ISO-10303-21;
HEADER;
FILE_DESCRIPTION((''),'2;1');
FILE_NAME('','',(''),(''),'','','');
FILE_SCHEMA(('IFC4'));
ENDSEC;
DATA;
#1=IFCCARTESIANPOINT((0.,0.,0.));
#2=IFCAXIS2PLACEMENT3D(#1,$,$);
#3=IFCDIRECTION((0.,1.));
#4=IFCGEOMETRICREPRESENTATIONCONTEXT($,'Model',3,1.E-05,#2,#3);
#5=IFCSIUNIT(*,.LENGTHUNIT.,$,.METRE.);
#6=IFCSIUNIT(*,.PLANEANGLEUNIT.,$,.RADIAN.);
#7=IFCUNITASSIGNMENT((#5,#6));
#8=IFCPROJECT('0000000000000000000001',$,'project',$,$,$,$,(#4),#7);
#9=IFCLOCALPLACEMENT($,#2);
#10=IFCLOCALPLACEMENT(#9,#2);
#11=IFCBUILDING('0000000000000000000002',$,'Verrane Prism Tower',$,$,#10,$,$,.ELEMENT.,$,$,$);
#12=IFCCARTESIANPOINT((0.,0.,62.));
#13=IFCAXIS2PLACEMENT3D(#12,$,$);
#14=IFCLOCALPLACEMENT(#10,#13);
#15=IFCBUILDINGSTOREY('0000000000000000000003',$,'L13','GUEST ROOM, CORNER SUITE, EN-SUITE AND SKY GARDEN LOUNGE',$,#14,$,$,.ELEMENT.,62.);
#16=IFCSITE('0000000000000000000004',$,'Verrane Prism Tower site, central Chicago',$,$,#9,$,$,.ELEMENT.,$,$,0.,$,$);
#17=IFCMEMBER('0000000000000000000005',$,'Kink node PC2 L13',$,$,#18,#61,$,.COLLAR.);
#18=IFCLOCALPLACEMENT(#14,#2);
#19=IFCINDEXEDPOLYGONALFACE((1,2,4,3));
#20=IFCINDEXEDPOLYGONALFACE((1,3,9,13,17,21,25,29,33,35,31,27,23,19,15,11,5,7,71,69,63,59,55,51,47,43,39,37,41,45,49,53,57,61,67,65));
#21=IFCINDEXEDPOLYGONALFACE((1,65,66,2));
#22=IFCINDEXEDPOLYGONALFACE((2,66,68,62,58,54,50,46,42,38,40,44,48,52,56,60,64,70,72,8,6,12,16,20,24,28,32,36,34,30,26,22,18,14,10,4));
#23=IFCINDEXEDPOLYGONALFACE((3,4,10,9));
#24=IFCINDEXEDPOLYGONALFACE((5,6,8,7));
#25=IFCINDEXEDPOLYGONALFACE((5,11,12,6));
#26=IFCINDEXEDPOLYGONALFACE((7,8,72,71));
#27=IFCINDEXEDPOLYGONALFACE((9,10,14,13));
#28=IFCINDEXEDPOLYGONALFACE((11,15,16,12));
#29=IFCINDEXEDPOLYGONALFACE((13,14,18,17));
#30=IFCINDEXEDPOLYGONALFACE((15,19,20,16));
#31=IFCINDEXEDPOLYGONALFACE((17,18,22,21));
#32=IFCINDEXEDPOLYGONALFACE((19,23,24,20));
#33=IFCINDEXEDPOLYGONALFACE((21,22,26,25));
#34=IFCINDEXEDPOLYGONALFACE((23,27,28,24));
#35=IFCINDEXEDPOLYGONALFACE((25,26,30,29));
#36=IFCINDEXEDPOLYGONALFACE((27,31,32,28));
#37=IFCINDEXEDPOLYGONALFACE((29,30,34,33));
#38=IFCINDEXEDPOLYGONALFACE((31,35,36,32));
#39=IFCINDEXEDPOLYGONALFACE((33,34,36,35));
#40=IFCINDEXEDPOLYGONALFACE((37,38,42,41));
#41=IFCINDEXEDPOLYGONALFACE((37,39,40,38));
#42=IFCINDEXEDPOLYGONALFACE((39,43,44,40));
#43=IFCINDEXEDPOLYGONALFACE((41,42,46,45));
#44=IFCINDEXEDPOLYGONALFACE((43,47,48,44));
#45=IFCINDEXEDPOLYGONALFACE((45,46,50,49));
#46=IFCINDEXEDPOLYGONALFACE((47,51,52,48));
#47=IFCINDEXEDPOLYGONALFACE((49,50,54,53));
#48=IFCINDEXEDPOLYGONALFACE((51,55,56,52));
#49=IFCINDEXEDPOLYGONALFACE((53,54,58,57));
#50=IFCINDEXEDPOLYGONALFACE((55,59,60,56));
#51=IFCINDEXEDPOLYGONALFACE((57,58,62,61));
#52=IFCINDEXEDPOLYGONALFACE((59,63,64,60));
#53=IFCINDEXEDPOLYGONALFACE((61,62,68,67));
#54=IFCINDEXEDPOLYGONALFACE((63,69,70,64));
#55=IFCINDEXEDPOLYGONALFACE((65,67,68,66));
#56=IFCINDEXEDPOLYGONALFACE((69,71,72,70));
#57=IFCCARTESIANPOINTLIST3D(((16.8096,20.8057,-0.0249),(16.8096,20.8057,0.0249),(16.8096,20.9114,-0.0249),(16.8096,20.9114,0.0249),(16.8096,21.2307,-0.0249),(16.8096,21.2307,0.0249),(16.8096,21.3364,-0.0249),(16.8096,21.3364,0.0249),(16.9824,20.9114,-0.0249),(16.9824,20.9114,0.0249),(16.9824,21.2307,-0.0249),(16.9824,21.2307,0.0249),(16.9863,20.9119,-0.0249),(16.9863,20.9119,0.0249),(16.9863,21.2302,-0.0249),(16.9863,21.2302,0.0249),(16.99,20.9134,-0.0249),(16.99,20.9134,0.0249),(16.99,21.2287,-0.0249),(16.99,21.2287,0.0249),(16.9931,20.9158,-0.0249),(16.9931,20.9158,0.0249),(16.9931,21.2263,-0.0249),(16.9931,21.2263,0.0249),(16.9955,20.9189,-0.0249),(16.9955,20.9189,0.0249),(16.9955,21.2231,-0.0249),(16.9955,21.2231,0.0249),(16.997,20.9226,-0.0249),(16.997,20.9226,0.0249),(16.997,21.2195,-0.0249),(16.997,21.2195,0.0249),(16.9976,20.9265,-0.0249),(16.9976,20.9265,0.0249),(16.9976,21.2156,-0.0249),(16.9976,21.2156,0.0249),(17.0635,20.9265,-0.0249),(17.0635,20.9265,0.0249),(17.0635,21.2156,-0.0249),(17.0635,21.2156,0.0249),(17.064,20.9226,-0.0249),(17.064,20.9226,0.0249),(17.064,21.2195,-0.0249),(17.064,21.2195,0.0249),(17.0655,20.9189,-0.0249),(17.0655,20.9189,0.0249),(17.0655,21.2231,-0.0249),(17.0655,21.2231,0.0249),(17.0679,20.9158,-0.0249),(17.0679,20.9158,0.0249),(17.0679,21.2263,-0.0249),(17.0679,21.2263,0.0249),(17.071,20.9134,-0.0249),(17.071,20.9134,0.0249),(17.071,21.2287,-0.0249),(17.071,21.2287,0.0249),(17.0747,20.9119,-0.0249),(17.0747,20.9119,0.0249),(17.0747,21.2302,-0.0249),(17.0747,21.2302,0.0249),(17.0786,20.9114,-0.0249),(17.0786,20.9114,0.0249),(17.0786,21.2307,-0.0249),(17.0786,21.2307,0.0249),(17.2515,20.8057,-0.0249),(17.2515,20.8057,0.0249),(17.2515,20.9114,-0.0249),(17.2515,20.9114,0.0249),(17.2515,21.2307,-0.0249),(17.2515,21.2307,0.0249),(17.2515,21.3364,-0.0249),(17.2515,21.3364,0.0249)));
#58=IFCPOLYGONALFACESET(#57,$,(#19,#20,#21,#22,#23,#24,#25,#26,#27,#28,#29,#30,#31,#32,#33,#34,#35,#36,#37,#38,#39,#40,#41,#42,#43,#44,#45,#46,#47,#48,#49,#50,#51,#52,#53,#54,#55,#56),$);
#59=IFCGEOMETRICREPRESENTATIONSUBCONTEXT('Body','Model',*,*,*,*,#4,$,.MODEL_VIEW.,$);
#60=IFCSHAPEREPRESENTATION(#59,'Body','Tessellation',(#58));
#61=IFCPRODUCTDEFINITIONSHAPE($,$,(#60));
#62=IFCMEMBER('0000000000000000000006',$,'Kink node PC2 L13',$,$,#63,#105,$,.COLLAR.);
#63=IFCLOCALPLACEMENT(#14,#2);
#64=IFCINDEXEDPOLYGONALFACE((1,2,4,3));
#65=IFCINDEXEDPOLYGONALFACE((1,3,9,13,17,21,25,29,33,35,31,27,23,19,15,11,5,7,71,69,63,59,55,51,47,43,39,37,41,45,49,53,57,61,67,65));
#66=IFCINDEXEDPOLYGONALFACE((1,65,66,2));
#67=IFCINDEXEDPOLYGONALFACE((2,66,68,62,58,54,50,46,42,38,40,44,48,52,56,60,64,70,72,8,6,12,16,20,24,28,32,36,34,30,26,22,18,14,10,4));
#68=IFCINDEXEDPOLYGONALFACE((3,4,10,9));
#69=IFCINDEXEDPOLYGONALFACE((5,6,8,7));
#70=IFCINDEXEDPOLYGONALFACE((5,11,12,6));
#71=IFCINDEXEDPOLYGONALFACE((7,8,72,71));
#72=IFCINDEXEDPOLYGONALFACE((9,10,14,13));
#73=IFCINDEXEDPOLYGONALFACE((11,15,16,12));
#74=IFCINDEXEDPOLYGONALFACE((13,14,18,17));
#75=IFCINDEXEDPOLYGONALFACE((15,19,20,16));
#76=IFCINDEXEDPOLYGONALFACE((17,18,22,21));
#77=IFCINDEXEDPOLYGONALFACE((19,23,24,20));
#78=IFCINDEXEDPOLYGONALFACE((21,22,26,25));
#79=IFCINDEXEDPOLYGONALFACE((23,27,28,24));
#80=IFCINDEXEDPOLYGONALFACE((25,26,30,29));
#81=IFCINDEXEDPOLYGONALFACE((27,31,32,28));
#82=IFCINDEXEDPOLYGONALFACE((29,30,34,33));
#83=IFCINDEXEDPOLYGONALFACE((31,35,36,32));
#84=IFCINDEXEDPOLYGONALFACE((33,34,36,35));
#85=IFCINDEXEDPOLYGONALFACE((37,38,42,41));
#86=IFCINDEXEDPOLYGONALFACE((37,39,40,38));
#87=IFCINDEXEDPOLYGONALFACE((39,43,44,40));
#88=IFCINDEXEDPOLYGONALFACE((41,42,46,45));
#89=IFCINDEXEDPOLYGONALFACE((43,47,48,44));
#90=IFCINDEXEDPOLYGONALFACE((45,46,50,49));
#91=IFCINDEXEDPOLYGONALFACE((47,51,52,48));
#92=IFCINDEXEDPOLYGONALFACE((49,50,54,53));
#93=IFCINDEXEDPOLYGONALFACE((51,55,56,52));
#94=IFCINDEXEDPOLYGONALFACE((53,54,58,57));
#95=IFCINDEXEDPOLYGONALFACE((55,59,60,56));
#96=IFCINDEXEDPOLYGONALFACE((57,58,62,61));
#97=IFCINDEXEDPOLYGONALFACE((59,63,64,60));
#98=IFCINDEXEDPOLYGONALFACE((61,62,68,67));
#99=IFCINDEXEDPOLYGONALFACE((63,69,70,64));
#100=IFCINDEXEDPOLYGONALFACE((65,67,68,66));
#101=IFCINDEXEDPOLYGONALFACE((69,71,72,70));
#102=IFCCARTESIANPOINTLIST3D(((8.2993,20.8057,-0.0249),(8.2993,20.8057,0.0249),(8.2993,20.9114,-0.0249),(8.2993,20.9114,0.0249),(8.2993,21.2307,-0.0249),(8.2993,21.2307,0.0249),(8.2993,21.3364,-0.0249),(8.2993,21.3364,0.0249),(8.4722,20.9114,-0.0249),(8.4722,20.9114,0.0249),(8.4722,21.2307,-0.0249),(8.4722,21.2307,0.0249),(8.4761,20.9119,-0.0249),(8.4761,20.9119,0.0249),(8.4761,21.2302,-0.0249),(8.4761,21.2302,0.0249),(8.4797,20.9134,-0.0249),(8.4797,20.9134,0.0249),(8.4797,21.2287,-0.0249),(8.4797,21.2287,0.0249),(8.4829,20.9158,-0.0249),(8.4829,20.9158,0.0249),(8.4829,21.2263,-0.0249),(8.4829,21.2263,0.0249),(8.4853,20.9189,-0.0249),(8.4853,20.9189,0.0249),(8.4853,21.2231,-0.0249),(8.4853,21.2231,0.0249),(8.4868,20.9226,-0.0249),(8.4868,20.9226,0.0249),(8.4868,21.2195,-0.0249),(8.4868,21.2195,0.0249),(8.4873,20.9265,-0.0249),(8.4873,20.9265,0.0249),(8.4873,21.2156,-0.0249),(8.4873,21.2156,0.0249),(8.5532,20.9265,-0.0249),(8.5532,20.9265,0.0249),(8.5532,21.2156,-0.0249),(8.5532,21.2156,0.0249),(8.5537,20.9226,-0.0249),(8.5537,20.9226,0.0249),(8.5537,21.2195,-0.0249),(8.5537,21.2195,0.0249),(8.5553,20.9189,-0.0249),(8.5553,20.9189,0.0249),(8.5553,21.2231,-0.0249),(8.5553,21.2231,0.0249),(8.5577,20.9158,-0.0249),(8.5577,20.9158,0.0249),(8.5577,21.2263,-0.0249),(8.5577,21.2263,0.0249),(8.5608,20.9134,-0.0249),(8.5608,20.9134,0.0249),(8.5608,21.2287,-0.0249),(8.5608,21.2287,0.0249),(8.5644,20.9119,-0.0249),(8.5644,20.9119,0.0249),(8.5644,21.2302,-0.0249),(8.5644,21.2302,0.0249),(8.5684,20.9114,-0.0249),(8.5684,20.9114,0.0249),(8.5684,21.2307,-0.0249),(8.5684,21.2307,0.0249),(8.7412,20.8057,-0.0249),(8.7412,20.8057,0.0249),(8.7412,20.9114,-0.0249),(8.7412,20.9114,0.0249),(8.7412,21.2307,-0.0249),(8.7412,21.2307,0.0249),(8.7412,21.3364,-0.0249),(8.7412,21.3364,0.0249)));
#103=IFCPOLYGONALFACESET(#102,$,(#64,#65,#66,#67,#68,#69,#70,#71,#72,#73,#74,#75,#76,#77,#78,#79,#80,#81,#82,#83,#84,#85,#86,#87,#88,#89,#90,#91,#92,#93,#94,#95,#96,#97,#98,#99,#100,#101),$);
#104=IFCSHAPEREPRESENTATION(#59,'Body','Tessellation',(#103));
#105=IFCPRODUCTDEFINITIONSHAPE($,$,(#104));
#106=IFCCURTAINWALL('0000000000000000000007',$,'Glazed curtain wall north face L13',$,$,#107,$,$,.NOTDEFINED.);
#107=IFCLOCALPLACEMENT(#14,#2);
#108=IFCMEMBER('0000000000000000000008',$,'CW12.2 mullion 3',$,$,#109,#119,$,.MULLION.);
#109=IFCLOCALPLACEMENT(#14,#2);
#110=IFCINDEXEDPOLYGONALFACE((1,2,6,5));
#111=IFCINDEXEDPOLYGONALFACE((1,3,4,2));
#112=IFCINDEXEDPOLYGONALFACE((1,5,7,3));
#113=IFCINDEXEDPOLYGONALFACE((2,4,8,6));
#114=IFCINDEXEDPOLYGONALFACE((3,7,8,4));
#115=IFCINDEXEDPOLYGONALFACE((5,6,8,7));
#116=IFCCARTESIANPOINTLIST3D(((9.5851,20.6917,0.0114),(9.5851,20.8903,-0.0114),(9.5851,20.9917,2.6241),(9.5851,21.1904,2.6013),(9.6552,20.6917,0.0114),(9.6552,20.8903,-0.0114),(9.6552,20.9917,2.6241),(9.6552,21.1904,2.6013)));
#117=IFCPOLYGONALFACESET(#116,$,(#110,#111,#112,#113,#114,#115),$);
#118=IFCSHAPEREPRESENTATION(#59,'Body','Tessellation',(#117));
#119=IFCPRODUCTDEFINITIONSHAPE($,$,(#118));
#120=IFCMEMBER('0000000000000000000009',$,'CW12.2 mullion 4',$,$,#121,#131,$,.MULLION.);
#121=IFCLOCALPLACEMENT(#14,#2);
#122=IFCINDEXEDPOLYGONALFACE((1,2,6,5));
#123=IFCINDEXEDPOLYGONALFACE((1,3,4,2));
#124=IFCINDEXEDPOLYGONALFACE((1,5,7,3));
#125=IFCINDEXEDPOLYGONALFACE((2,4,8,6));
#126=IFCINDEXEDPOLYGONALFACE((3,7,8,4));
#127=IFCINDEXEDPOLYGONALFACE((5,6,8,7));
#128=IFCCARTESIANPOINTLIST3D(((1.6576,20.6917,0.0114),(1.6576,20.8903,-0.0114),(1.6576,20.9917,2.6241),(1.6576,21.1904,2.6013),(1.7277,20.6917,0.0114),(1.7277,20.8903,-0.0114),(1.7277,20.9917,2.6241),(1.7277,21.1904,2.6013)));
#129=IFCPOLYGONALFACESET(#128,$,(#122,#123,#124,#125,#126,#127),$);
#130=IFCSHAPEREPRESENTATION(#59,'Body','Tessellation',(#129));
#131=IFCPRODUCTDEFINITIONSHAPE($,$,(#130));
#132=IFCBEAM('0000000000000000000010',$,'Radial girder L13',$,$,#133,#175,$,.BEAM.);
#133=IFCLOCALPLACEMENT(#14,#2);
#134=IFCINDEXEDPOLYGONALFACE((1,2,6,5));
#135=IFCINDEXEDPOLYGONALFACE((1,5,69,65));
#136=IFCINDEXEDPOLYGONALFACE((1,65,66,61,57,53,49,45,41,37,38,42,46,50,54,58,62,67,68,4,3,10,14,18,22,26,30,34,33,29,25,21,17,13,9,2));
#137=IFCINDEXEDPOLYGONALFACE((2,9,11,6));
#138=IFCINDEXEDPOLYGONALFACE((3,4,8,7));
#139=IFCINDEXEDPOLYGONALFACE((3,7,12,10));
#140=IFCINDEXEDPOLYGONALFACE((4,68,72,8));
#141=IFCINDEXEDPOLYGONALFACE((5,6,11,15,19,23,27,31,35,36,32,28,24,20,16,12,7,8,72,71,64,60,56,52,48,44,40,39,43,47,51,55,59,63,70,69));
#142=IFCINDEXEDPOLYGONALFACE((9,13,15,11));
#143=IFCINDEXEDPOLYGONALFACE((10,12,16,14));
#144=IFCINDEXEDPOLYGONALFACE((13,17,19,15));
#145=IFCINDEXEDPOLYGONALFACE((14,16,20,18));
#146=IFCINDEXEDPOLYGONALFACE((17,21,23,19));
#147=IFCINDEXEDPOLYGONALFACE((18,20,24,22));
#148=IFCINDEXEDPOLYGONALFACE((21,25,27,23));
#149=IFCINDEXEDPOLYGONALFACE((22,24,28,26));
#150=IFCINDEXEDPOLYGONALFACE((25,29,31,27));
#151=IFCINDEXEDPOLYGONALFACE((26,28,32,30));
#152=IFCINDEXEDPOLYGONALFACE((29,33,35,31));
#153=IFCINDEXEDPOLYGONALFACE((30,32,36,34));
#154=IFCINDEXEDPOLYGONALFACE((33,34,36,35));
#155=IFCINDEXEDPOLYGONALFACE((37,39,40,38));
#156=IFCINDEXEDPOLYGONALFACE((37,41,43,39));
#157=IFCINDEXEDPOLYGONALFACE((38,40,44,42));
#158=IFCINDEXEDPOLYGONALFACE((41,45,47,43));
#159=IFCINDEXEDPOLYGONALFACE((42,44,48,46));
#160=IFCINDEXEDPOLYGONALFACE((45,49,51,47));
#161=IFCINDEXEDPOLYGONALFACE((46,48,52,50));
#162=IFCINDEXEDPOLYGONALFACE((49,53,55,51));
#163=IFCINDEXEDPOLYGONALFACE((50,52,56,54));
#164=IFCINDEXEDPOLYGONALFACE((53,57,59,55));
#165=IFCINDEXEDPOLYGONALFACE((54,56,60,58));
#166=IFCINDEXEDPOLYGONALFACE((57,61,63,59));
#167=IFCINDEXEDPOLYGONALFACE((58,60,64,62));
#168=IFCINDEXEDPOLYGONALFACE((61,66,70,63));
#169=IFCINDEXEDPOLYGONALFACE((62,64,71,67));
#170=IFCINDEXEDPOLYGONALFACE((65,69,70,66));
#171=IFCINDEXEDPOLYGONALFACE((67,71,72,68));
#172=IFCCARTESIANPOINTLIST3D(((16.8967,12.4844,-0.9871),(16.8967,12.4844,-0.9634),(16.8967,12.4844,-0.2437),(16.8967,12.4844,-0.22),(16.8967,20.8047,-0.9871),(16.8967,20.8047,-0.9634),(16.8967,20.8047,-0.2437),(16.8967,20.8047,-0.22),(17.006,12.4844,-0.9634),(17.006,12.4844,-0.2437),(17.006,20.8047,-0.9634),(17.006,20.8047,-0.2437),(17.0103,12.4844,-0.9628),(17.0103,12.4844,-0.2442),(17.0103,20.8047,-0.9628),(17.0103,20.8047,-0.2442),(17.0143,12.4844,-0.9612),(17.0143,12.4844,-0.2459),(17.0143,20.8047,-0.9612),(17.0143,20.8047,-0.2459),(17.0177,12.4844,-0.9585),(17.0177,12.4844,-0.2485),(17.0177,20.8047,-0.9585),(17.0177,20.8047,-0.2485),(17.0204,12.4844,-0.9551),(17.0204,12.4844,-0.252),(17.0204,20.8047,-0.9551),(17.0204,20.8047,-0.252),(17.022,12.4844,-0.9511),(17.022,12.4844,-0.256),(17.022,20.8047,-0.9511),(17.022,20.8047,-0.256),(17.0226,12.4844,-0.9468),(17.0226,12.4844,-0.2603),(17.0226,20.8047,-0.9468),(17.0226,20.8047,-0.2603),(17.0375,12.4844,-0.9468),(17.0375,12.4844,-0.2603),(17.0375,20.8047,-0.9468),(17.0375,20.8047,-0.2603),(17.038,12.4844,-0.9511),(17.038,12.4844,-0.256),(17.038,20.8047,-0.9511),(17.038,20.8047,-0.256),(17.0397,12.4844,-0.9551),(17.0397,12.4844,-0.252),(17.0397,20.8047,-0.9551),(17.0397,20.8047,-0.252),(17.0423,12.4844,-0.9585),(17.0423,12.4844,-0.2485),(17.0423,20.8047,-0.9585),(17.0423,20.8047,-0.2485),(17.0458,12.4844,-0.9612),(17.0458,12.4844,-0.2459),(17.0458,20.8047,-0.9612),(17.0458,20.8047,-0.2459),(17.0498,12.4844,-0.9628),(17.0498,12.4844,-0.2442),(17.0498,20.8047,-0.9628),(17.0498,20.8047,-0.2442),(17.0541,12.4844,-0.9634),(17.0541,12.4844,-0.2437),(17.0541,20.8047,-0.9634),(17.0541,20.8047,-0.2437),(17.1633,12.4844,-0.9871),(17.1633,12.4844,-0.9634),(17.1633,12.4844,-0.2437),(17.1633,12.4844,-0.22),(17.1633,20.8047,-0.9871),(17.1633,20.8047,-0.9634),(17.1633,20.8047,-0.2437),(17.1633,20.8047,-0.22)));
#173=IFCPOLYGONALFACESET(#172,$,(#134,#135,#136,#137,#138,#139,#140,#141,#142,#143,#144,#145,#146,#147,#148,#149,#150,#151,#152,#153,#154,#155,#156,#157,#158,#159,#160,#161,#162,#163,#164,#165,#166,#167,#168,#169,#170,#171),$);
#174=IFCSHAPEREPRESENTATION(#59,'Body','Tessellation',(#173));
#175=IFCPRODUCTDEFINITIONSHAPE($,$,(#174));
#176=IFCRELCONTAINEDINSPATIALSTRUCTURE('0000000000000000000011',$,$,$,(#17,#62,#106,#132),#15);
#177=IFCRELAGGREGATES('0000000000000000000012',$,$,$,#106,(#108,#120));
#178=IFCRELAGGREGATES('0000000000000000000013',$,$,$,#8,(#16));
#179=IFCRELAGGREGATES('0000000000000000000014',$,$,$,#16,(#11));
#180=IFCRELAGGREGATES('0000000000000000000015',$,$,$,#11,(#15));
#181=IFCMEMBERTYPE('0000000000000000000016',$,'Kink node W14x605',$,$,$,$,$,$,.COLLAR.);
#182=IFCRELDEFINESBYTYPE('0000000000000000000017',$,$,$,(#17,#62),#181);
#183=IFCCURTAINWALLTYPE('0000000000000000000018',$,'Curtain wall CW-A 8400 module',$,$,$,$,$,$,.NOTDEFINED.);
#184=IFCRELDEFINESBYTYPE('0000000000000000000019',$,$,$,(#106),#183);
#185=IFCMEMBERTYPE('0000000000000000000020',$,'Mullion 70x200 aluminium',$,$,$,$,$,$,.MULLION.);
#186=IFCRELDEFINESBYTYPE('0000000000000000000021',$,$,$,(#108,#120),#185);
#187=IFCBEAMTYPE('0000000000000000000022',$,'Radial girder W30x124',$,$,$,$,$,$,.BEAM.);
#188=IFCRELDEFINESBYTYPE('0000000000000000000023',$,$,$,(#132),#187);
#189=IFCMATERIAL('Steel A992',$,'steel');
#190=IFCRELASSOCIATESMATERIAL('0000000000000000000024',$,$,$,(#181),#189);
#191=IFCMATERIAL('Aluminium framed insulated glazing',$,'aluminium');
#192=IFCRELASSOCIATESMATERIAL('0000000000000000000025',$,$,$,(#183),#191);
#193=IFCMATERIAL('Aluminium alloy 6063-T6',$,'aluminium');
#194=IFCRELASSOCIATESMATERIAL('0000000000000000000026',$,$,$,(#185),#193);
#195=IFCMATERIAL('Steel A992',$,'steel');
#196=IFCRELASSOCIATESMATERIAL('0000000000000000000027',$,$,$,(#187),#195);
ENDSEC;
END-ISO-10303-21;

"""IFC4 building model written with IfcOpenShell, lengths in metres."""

from ifc_helpers import new_model, si_unit, direction, frame, origin, origin_2d, place, context, subcontext, project, spatial, rectangle, i_section, extrude, material, material_profile, profile_set, type_object, element, aggregate, save


model = new_model("IFC4")

# Units and contexts
model_context = context("Model", 3, precision=1e-05, world=origin(), true_north=direction((0.0, 1.0)))
body_context = subcontext(model_context, "Body", "Model", "MODEL_VIEW")
ifc_project = project(units=[si_unit("LENGTHUNIT", "METRE"), si_unit("PLANEANGLEUNIT", "RADIAN")], contexts=[model_context])

# Site, building, storey
site_placement = place(None, origin())
site = spatial("IfcSite", under=ifc_project, at=site_placement, Name="Verrane Prism Tower site, central Chicago", CompositionType="ELEMENT", RefElevation=0.0)
building_placement = place(site_placement, origin())
building = spatial("IfcBuilding", under=site, at=building_placement, Name="Verrane Prism Tower", CompositionType="ELEMENT")
storey_placement = place(building_placement, frame((0.0, 0.0, 62.0)))
storey = spatial("IfcBuildingStorey", under=building, at=storey_placement, Name="L13", Description="GUEST ROOM, CORNER SUITE, EN-SUITE AND SKY GARDEN LOUNGE", CompositionType="ELEMENT", Elevation=62.0)

# Members
ifc_material_1 = material(Name="Steel A992", Category="steel")
ifc_material_profile_1 = material_profile(ifc_material_1, i_section(OverallWidth=0.4419, OverallDepth=0.5308, WebThickness=0.0659, FlangeThickness=0.1057, FilletRadius=0.0151, at=origin_2d()), Name="W14x605")
ifc_profile_set_1 = profile_set([ifc_material_profile_1], Name="Steel A992")
member_type_1 = type_object("IfcMemberType", Name="Kink node W14x605", PredefinedType="COLLAR", material=ifc_profile_set_1)
for number, where, z_axis, x_axis, name in (
    (1, (17.0305, 21.071, -0.0249), (0.0, 0.0, 1.0), (1.0, 0.0, 0.0), "Kink node PC2 L13"),
    (2, (8.5203, 21.071, -0.0249), (0.0, 0.0, 1.0), (1.0, 0.0, 0.0), "Kink node PC2 L13"),
):
    element("IfcMember", number, at=place(storey_placement, frame(where, z_axis=z_axis, x_axis=x_axis)), inside=storey, type_object=member_type_1, Name=name, PredefinedType="COLLAR", context=body_context, shape_type="SweptSolid", body=[
        extrude(i_section(OverallWidth=0.4419, OverallDepth=0.5308, WebThickness=0.0659, FlangeThickness=0.1057, FilletRadius=0.0151, at=origin_2d()), origin(), (0.0, 0.0, 1.0), 0.0498),
    ])

# Curtain wall, members
ifc_material_2 = material(Name="Aluminium framed insulated glazing", Category="aluminium")
curtain_wall_type = type_object("IfcCurtainWallType", Name="Curtain wall CW-A 8400 module", PredefinedType="NOTDEFINED", material=ifc_material_2)
curtain_wall_placement = place(storey_placement, origin())
curtain_wall = element("IfcCurtainWall", 3, at=curtain_wall_placement, inside=storey, type_object=curtain_wall_type, Name="Glazed curtain wall north face L13", PredefinedType="NOTDEFINED")
ifc_material_3 = material(Name="Aluminium alloy 6063-T6", Category="aluminium")
ifc_material_profile_2 = material_profile(ifc_material_3, rectangle(XDim=0.2, YDim=0.0701, at=origin_2d()), Name="Mullion 70x200 aluminium")
ifc_profile_set_2 = profile_set([ifc_material_profile_2], Name="Aluminium alloy 6063-T6")
member_type_2 = type_object("IfcMemberType", Name="Mullion 70x200 aluminium", PredefinedType="MULLION", material=ifc_profile_set_2)
member_1_placement = place(storey_placement, frame((9.6201, 20.791, 0.0), z_axis=(0.0, 0.114089, 0.993471), x_axis=(0.0, 0.993471, -0.114089)))
member_1 = element("IfcMember", 4, at=member_1_placement, type_object=member_type_2, Name="CW12.2 mullion 3", PredefinedType="MULLION", context=body_context, shape_type="SweptSolid", body=[
    extrude(rectangle(XDim=0.2, YDim=0.0701, at=origin_2d()), origin(), (0.0, 0.0, 1.0), 2.6299),
])
member_2_placement = place(storey_placement, frame((1.6926, 20.791, 0.0), z_axis=(0.0, 0.114089, 0.993471), x_axis=(0.0, 0.993471, -0.114089)))
member_2 = element("IfcMember", 5, at=member_2_placement, type_object=member_type_2, Name="CW12.2 mullion 4", PredefinedType="MULLION", context=body_context, shape_type="SweptSolid", body=[
    extrude(rectangle(XDim=0.2, YDim=0.0701, at=origin_2d()), origin(), (0.0, 0.0, 1.0), 2.6299),
])

# Beam
ifc_material_4 = material(Name="Steel A992", Category="steel")
ifc_material_profile_3 = material_profile(ifc_material_4, i_section(OverallWidth=0.2666, OverallDepth=0.7671, WebThickness=0.0149, FlangeThickness=0.0237, FilletRadius=0.0166, at=origin_2d()), Name="W30x124")
ifc_profile_set_3 = profile_set([ifc_material_profile_3], Name="Steel A992")
beam_type_1 = type_object("IfcBeamType", Name="Radial girder W30x124", PredefinedType="BEAM", material=ifc_profile_set_3)
beam_1_placement = place(storey_placement, frame((17.03, 20.8047, -0.6035), z_axis=(0.0, -1.0, 0.0), x_axis=(1.0, 0.0, 0.0)))
element("IfcBeam", 6, at=beam_1_placement, inside=storey, type_object=beam_type_1, Name="Radial girder L13", PredefinedType="BEAM", context=body_context, shape_type="SweptSolid", body=[
    extrude(i_section(OverallWidth=0.2666, OverallDepth=0.7671, WebThickness=0.0149, FlangeThickness=0.0237, FilletRadius=0.0166, at=origin_2d()), origin(), (0.0, 0.0, 1.0), 8.3203),
])

aggregate(curtain_wall, [member_1, member_2])

save(model, "model.ifc")
